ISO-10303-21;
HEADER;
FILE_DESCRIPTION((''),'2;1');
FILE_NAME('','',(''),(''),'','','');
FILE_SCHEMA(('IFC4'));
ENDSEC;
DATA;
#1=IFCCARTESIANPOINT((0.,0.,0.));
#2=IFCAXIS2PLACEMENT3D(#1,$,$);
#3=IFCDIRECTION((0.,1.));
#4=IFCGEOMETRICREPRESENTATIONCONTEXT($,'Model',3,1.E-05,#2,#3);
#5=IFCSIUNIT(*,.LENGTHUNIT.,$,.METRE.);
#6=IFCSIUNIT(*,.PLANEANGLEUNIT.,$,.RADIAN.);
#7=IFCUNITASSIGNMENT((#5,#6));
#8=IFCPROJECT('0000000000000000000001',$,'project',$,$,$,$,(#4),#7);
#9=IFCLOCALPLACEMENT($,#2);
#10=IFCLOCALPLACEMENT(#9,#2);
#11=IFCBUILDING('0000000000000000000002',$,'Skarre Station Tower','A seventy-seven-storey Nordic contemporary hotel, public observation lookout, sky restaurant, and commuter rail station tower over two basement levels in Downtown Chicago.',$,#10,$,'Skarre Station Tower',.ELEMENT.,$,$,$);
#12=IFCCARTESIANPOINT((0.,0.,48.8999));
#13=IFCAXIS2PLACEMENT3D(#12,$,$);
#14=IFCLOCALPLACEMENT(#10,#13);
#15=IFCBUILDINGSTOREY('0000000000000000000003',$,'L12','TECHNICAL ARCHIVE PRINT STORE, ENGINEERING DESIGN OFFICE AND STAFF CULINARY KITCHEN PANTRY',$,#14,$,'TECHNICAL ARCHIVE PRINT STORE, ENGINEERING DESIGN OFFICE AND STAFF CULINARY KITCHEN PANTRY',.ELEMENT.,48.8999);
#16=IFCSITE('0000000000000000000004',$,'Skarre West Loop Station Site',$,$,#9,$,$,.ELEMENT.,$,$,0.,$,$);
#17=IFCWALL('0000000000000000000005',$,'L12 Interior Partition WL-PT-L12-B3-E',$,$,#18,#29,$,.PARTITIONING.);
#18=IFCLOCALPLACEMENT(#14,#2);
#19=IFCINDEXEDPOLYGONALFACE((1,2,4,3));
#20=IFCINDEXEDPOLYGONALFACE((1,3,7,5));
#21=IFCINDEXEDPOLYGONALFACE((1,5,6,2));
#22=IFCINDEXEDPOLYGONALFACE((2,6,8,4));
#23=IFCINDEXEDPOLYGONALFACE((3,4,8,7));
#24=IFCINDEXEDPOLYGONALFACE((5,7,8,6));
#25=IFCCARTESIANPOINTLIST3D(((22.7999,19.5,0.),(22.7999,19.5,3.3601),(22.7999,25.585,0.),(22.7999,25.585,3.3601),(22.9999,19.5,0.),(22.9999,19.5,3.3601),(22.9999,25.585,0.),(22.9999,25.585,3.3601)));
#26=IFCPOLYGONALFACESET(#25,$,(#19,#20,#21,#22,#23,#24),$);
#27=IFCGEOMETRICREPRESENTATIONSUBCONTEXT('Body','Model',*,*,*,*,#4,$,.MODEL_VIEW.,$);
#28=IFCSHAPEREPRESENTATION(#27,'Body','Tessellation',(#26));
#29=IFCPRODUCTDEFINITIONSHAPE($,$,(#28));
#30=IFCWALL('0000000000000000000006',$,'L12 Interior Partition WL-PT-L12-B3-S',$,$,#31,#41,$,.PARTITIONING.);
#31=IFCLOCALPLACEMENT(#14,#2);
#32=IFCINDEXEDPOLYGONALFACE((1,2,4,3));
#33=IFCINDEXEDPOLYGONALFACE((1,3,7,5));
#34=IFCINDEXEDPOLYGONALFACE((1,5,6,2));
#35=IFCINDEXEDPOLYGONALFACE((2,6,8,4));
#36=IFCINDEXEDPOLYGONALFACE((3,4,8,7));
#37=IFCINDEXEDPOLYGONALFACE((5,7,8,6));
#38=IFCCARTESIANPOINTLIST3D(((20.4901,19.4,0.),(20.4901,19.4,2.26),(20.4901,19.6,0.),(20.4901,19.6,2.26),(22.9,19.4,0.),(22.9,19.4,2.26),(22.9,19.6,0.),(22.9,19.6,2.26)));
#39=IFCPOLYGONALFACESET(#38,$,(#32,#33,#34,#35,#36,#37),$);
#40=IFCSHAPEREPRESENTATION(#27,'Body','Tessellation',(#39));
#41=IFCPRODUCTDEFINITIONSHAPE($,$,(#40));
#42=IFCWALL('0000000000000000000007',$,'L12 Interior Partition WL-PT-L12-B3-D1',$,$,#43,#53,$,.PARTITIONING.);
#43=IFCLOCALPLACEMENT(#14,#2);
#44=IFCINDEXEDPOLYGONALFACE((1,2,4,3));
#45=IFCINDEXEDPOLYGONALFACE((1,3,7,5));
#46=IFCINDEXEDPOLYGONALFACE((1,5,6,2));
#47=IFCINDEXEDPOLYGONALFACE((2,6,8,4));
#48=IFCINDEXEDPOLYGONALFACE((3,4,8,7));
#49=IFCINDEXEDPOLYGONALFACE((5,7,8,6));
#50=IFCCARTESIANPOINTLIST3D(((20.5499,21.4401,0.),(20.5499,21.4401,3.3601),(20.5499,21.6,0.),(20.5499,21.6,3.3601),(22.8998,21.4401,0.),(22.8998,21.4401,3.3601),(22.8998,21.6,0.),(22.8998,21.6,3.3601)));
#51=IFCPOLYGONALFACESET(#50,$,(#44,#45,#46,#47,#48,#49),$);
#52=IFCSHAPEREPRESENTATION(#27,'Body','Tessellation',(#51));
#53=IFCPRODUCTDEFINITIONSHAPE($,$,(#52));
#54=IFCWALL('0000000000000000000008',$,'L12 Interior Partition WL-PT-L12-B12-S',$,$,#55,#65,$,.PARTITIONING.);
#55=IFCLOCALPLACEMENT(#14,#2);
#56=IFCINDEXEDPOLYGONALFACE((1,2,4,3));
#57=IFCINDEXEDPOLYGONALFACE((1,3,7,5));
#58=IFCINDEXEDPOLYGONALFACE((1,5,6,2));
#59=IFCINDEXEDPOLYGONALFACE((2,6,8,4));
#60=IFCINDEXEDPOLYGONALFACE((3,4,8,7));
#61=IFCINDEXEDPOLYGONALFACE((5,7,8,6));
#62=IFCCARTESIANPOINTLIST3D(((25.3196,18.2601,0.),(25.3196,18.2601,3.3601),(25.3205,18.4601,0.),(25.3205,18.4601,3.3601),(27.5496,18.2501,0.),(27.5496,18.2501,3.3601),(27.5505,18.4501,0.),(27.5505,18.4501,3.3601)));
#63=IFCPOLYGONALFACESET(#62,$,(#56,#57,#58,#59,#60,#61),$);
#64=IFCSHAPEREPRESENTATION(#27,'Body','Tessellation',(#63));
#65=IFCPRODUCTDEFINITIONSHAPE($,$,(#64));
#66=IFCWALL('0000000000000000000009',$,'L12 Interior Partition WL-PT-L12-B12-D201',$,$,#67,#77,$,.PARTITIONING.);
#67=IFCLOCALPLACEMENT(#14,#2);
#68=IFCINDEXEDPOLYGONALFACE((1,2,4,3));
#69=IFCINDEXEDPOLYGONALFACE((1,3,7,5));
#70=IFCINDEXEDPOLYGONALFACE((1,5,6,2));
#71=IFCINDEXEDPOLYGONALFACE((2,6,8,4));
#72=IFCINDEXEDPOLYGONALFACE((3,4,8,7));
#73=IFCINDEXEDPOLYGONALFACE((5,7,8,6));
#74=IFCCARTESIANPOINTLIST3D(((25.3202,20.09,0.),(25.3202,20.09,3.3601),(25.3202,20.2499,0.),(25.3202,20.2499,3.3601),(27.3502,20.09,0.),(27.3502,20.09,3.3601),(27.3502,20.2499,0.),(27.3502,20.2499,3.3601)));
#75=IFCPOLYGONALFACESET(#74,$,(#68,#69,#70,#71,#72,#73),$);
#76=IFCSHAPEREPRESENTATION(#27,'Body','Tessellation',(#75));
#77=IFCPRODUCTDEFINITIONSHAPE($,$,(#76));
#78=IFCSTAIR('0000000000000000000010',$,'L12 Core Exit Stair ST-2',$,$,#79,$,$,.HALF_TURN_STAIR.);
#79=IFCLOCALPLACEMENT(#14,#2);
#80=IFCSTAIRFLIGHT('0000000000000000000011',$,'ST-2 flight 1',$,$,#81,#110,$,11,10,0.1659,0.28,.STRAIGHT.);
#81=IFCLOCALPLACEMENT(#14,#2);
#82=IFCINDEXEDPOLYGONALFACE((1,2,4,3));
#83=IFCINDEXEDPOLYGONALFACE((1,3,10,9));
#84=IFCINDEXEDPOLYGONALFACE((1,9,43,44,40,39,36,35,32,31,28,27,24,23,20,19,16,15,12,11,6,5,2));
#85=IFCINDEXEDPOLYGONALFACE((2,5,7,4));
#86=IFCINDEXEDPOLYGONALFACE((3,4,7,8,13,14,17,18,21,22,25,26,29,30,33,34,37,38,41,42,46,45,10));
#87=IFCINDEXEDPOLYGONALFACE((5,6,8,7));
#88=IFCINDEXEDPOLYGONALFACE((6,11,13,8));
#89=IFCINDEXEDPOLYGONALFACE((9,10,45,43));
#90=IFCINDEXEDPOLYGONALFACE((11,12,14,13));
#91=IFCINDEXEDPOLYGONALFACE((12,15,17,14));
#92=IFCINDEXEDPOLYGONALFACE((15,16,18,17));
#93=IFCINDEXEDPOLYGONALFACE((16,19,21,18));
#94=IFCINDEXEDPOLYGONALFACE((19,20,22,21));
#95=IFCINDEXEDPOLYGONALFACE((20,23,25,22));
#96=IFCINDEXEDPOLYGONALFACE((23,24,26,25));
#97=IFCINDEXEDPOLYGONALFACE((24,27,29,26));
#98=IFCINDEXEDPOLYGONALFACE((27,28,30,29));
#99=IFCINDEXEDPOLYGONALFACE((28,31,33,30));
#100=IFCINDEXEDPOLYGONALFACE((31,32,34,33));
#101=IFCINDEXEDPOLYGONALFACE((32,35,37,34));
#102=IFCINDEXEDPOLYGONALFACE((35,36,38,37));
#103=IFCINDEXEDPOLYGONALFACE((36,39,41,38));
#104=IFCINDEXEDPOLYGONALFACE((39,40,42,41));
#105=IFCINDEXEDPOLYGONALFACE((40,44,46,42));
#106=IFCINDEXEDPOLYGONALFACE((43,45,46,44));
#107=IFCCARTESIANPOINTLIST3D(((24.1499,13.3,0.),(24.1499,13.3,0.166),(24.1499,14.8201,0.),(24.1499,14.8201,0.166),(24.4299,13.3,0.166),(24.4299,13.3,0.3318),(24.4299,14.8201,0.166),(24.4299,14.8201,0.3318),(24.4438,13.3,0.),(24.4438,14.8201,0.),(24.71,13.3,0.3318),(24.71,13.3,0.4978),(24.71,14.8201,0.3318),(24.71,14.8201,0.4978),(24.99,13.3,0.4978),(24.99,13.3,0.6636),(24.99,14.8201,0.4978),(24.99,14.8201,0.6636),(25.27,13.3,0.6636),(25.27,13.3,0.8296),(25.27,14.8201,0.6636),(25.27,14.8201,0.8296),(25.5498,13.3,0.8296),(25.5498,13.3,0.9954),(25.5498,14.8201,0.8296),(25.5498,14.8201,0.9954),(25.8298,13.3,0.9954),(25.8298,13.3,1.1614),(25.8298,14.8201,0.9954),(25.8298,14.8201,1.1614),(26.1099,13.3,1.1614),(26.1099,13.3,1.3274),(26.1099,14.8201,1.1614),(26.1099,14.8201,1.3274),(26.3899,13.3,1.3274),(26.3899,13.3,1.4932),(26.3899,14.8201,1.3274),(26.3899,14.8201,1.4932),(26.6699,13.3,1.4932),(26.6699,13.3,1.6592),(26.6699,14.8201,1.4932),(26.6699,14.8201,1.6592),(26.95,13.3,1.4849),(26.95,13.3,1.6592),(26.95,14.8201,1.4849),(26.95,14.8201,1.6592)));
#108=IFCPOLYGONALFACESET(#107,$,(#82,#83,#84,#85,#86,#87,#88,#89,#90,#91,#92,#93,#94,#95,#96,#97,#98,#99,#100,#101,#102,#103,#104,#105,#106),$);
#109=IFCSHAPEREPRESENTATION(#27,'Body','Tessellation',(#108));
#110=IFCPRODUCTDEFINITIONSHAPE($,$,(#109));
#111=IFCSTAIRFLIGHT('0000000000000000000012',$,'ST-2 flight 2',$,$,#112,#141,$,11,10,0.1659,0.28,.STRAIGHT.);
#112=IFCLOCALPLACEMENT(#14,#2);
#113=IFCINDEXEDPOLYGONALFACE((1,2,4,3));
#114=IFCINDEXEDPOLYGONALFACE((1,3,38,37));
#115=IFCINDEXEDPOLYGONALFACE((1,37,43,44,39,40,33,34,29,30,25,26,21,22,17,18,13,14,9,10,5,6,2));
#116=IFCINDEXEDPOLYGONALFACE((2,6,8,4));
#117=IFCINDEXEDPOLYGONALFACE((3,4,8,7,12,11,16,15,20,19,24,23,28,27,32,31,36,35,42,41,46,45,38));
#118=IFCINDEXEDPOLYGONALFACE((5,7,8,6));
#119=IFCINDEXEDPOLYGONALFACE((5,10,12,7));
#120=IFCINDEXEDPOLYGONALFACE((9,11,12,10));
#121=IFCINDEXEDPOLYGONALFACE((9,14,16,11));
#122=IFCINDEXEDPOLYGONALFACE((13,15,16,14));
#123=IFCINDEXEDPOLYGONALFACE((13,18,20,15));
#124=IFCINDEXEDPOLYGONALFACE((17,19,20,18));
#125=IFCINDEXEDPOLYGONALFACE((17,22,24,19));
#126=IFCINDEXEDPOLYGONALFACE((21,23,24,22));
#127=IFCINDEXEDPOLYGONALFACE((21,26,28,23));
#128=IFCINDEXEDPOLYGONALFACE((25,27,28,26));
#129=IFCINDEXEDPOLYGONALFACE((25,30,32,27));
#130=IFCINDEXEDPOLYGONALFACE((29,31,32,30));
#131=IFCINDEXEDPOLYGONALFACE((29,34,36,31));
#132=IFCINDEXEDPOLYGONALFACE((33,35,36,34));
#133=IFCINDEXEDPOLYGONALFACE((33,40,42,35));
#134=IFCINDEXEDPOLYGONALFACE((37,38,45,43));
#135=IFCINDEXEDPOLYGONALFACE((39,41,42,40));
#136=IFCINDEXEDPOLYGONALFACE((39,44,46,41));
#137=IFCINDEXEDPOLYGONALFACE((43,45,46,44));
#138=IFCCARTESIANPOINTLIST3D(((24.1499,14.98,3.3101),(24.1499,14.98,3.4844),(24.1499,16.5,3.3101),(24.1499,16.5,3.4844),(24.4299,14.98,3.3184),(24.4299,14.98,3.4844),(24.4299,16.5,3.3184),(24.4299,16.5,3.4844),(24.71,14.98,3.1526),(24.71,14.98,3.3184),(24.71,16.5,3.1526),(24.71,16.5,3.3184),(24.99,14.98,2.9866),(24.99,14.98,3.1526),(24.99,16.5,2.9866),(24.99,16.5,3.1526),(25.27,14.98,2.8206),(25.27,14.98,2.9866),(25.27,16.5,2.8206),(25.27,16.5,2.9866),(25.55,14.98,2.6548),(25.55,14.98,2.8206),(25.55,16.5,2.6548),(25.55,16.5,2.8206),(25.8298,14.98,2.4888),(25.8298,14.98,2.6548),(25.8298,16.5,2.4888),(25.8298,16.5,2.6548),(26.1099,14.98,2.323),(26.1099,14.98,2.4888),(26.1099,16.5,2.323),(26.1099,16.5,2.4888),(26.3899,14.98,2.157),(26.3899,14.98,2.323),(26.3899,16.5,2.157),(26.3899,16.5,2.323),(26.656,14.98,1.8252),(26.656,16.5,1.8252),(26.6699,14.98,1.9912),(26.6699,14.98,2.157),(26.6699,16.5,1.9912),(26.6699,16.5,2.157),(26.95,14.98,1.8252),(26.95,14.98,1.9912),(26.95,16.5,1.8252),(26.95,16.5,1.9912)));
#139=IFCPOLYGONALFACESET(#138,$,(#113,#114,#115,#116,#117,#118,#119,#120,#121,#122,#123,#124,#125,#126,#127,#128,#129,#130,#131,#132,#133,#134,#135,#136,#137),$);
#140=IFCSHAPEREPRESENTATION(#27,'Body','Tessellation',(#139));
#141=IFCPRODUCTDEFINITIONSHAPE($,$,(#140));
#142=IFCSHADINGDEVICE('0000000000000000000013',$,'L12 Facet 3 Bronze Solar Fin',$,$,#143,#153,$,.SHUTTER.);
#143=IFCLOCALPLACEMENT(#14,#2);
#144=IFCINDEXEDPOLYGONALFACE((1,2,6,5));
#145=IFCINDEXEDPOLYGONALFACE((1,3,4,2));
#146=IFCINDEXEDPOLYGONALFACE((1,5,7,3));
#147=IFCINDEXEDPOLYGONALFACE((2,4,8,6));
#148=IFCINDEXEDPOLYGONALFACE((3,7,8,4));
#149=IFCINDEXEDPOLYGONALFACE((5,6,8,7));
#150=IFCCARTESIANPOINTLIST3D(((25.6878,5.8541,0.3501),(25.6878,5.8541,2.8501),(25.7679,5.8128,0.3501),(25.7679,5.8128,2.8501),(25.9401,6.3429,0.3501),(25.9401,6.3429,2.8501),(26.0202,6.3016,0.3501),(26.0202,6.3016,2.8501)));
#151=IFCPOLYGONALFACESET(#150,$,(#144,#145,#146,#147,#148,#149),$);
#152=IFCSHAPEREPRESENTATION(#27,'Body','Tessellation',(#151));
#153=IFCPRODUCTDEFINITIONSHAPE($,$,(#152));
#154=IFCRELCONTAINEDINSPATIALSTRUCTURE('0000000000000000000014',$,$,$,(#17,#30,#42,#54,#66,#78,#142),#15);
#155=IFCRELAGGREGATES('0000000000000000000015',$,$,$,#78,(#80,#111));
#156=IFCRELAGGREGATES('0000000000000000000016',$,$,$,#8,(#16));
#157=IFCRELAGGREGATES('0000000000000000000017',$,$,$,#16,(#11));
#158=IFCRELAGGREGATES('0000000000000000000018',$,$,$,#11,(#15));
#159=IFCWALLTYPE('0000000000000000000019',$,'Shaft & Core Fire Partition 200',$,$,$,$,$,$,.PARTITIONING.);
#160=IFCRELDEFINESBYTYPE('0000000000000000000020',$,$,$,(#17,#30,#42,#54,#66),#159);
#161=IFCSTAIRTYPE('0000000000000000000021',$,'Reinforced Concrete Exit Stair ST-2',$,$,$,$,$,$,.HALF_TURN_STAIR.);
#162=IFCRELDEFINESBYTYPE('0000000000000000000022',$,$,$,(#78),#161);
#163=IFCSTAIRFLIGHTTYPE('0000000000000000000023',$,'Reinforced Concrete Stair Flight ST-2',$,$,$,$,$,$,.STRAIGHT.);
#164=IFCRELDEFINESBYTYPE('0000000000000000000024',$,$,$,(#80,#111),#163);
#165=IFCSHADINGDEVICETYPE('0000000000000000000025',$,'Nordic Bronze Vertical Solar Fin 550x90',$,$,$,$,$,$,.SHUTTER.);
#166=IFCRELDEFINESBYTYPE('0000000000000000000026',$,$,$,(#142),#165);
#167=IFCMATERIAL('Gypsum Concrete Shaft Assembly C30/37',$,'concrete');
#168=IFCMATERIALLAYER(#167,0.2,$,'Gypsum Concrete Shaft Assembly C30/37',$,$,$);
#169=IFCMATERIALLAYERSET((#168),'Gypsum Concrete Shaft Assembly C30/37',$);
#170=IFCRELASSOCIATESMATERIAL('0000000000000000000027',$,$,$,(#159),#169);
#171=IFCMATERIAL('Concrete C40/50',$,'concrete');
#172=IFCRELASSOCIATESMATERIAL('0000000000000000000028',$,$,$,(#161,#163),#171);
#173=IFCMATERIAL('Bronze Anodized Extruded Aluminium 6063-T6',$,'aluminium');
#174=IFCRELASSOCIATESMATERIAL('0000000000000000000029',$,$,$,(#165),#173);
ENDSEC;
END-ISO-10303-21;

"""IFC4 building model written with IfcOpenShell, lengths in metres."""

from ifc_helpers import new_model, si_unit, direction, frame, frame_2d, origin, origin_2d, place, context, subcontext, project, spatial, polyline, rectangle, outline, extrude, material, layer, layer_set, type_object, element, aggregate, save


model = new_model("IFC4")

# Units and contexts
model_context = context("Model", 3, precision=1e-05, world=origin(), true_north=direction((0.0, 1.0)))
body_context = subcontext(model_context, "Body", "Model", "MODEL_VIEW")
ifc_project = project(units=[si_unit("LENGTHUNIT", "METRE"), si_unit("PLANEANGLEUNIT", "RADIAN")], contexts=[model_context])

# Site, building, storey
site_placement = place(None, origin())
site = spatial("IfcSite", under=ifc_project, at=site_placement, Name="Skarre West Loop Station Site", CompositionType="ELEMENT", RefElevation=0.0)
building_placement = place(site_placement, origin())
building = spatial("IfcBuilding", under=site, at=building_placement, Name="Skarre Station Tower", Description="A seventy-seven-storey Nordic contemporary hotel, public observation lookout, sky restaurant, and commuter rail station tower over two basement levels in Downtown Chicago.", LongName="Skarre Station Tower", CompositionType="ELEMENT")
storey_placement = place(building_placement, frame((0.0, 0.0, 48.8999)))
storey = spatial("IfcBuildingStorey", under=building, at=storey_placement, Name="L12", Description="TECHNICAL ARCHIVE PRINT STORE, ENGINEERING DESIGN OFFICE AND STAFF CULINARY KITCHEN PANTRY", LongName="TECHNICAL ARCHIVE PRINT STORE, ENGINEERING DESIGN OFFICE AND STAFF CULINARY KITCHEN PANTRY", CompositionType="ELEMENT", Elevation=48.8999)

# Walls
ifc_material_1 = material(Name="Gypsum Concrete Shaft Assembly C30/37", Category="concrete")
ifc_layer_1 = layer(ifc_material_1, 0.2, Name="Gypsum Concrete Shaft Assembly C30/37")
ifc_layer_set_1 = layer_set([ifc_layer_1], Name="Gypsum Concrete Shaft Assembly C30/37")
wall_type_1 = type_object("IfcWallType", Name="Shaft & Core Fire Partition 200", PredefinedType="PARTITIONING", material=ifc_layer_set_1)
wall_1_placement = place(storey_placement, frame((22.8999, 19.5, 0.0), z_axis=(0.0, 0.0, 1.0), x_axis=(0.0, 1.0, 0.0)))
element("IfcWall", 1, at=wall_1_placement, inside=storey, type_object=wall_type_1, Name="L12 Interior Partition WL-PT-L12-B3-E", PredefinedType="PARTITIONING", context=body_context, shape_type="SweptSolid", body=[
    extrude(rectangle(XDim=6.085, YDim=0.2, at=frame_2d((3.0425, 0.0))), origin(), (0.0, 0.0, 1.0), 3.3601),
])
wall_2_placement = place(storey_placement, frame((20.49, 19.5, 0.0), z_axis=(0.0, 0.0, 1.0), x_axis=(1.0, 0.0, 0.0)))
element("IfcWall", 2, at=wall_2_placement, inside=storey, type_object=wall_type_1, Name="L12 Interior Partition WL-PT-L12-B3-S", PredefinedType="PARTITIONING", context=body_context, shape_type="SweptSolid", body=[
    extrude(rectangle(XDim=2.4099, YDim=0.2, at=frame_2d((1.2051, 0.0))), origin(), (0.0, 0.0, 1.0), 2.26),
])
wall_3_placement = place(storey_placement, frame((20.55, 21.52, 0.0), z_axis=(0.0, 0.0, 1.0), x_axis=(1.0, 0.0, 0.0)))
element("IfcWall", 3, at=wall_3_placement, inside=storey, type_object=wall_type_1, Name="L12 Interior Partition WL-PT-L12-B3-D1", PredefinedType="PARTITIONING", context=body_context, shape_type="SweptSolid", body=[
    extrude(rectangle(XDim=2.3499, YDim=0.1599, at=frame_2d((1.1748, 0.0))), origin(), (0.0, 0.0, 1.0), 3.3601),
])
wall_4_placement = place(storey_placement, frame((25.3201, 18.3601, 0.0), z_axis=(0.0, 0.0, 1.0), x_axis=(0.99999, -0.004489, 0.0)))
element("IfcWall", 4, at=wall_4_placement, inside=storey, type_object=wall_type_1, Name="L12 Interior Partition WL-PT-L12-B12-S", PredefinedType="PARTITIONING", context=body_context, shape_type="SweptSolid", body=[
    extrude(rectangle(XDim=2.23, YDim=0.2, at=frame_2d((1.115, 0.0))), origin(), (0.0, 0.0, 1.0), 3.3601),
])
wall_5_placement = place(storey_placement, frame((25.3201, 20.1699, 0.0), z_axis=(0.0, 0.0, 1.0), x_axis=(1.0, 0.0, 0.0)))
element("IfcWall", 5, at=wall_5_placement, inside=storey, type_object=wall_type_1, Name="L12 Interior Partition WL-PT-L12-B12-D201", PredefinedType="PARTITIONING", context=body_context, shape_type="SweptSolid", body=[
    extrude(rectangle(XDim=2.03, YDim=0.1599, at=frame_2d((1.0151, 0.0))), origin(), (0.0, 0.0, 1.0), 3.3601),
])

# Stair, stair flights
ifc_material_2 = material(Name="Concrete C40/50", Category="concrete")
stair_type = type_object("IfcStairType", Name="Reinforced Concrete Exit Stair ST-2", PredefinedType="HALF_TURN_STAIR", material=ifc_material_2)
stair_placement = place(storey_placement, origin())
stair = element("IfcStair", 6, at=stair_placement, inside=storey, type_object=stair_type, Name="L12 Core Exit Stair ST-2", PredefinedType="HALF_TURN_STAIR")
stair_flight_type = type_object("IfcStairFlightType", Name="Reinforced Concrete Stair Flight ST-2", PredefinedType="STRAIGHT", material=ifc_material_2)
stair_flight_1_placement = place(storey_placement, frame((24.1499, 14.0601, 0.0), z_axis=(0.0, 0.0, 1.0), x_axis=(1.0, 0.0, 0.0)))
stair_flight_1 = element("IfcStairFlight", 7, at=stair_flight_1_placement, type_object=stair_flight_type, Name="ST-2 flight 1", NumberOfRisers=11, NumberOfTreads=10, PredefinedType="STRAIGHT", RiserHeight=0.1659, TreadLength=0.28, context=body_context, shape_type="SweptSolid", body=[
    extrude(outline(polyline([(0.0, 0.0), (0.0, 0.166), (0.28, 0.166), (0.28, 0.3318), (0.5601, 0.3318), (0.5601, 0.4978), (0.8401, 0.4978), (0.8401, 0.6636), (1.1201, 0.6636), (1.1201, 0.8296), (1.3999, 0.8296), (1.3999, 0.9954), (1.6799, 0.9954), (1.6799, 1.1614), (1.96, 1.1614), (1.96, 1.3274), (2.24, 1.3274), (2.24, 1.4932), (2.52, 1.4932), (2.52, 1.6592), (2.8, 1.6592), (2.8, 1.825), (2.8, 1.4849), (0.2939, 0.0), (0.0, 0.0)])), frame((0.0, 0.76, 0.0), z_axis=(0.0, -1.0, 0.0), x_axis=(1.0, 0.0, 0.0)), (0.0, 0.0, 1.0), 1.52),
])
stair_flight_2_placement = place(storey_placement, frame((26.95, 15.74, 1.8252), z_axis=(0.0, 0.0, 1.0), x_axis=(-1.0, 0.0, 0.0)))
stair_flight_2 = element("IfcStairFlight", 8, at=stair_flight_2_placement, type_object=stair_flight_type, Name="ST-2 flight 2", NumberOfRisers=11, NumberOfTreads=10, PredefinedType="STRAIGHT", RiserHeight=0.1659, TreadLength=0.28, context=body_context, shape_type="SweptSolid", body=[
    extrude(outline(polyline([(0.0, 0.0), (0.0, 0.166), (0.28, 0.166), (0.28, 0.3318), (0.5601, 0.3318), (0.5601, 0.4978), (0.8401, 0.4978), (0.8401, 0.6636), (1.1201, 0.6636), (1.1201, 0.8296), (1.3999, 0.8296), (1.3999, 0.9954), (1.6799, 0.9954), (1.6799, 1.1614), (1.96, 1.1614), (1.96, 1.3274), (2.24, 1.3274), (2.24, 1.4932), (2.52, 1.4932), (2.52, 1.6592), (2.8, 1.6592), (2.8, 1.825), (2.8, 1.4849), (0.2939, 0.0), (0.0, 0.0)])), frame((0.0, 0.76, 0.0), z_axis=(0.0, -1.0, 0.0), x_axis=(1.0, 0.0, 0.0)), (0.0, 0.0, 1.0), 1.52),
])
aggregate(stair, [stair_flight_1, stair_flight_2])

# Shading device
ifc_material_3 = material(Name="Bronze Anodized Extruded Aluminium 6063-T6", Category="aluminium")
shading_device_type = type_object("IfcShadingDeviceType", Name="Nordic Bronze Vertical Solar Fin 550x90", PredefinedType="SHUTTER", material=ifc_material_3)
shading_device_placement = place(storey_placement, frame((25.854, 6.0779, 0.3501), z_axis=(0.0, 0.0, 1.0), x_axis=(-0.458619, -0.888633, 0.0)))
element("IfcShadingDevice", 9, at=shading_device_placement, inside=storey, type_object=shading_device_type, Name="L12 Facet 3 Bronze Solar Fin", PredefinedType="SHUTTER", context=body_context, shape_type="SweptSolid", body=[
    extrude(rectangle(XDim=0.55, YDim=0.0901, at=origin_2d()), origin(), (0.0, 0.0, 1.0), 2.5),
])

save(model, "model.ifc")
